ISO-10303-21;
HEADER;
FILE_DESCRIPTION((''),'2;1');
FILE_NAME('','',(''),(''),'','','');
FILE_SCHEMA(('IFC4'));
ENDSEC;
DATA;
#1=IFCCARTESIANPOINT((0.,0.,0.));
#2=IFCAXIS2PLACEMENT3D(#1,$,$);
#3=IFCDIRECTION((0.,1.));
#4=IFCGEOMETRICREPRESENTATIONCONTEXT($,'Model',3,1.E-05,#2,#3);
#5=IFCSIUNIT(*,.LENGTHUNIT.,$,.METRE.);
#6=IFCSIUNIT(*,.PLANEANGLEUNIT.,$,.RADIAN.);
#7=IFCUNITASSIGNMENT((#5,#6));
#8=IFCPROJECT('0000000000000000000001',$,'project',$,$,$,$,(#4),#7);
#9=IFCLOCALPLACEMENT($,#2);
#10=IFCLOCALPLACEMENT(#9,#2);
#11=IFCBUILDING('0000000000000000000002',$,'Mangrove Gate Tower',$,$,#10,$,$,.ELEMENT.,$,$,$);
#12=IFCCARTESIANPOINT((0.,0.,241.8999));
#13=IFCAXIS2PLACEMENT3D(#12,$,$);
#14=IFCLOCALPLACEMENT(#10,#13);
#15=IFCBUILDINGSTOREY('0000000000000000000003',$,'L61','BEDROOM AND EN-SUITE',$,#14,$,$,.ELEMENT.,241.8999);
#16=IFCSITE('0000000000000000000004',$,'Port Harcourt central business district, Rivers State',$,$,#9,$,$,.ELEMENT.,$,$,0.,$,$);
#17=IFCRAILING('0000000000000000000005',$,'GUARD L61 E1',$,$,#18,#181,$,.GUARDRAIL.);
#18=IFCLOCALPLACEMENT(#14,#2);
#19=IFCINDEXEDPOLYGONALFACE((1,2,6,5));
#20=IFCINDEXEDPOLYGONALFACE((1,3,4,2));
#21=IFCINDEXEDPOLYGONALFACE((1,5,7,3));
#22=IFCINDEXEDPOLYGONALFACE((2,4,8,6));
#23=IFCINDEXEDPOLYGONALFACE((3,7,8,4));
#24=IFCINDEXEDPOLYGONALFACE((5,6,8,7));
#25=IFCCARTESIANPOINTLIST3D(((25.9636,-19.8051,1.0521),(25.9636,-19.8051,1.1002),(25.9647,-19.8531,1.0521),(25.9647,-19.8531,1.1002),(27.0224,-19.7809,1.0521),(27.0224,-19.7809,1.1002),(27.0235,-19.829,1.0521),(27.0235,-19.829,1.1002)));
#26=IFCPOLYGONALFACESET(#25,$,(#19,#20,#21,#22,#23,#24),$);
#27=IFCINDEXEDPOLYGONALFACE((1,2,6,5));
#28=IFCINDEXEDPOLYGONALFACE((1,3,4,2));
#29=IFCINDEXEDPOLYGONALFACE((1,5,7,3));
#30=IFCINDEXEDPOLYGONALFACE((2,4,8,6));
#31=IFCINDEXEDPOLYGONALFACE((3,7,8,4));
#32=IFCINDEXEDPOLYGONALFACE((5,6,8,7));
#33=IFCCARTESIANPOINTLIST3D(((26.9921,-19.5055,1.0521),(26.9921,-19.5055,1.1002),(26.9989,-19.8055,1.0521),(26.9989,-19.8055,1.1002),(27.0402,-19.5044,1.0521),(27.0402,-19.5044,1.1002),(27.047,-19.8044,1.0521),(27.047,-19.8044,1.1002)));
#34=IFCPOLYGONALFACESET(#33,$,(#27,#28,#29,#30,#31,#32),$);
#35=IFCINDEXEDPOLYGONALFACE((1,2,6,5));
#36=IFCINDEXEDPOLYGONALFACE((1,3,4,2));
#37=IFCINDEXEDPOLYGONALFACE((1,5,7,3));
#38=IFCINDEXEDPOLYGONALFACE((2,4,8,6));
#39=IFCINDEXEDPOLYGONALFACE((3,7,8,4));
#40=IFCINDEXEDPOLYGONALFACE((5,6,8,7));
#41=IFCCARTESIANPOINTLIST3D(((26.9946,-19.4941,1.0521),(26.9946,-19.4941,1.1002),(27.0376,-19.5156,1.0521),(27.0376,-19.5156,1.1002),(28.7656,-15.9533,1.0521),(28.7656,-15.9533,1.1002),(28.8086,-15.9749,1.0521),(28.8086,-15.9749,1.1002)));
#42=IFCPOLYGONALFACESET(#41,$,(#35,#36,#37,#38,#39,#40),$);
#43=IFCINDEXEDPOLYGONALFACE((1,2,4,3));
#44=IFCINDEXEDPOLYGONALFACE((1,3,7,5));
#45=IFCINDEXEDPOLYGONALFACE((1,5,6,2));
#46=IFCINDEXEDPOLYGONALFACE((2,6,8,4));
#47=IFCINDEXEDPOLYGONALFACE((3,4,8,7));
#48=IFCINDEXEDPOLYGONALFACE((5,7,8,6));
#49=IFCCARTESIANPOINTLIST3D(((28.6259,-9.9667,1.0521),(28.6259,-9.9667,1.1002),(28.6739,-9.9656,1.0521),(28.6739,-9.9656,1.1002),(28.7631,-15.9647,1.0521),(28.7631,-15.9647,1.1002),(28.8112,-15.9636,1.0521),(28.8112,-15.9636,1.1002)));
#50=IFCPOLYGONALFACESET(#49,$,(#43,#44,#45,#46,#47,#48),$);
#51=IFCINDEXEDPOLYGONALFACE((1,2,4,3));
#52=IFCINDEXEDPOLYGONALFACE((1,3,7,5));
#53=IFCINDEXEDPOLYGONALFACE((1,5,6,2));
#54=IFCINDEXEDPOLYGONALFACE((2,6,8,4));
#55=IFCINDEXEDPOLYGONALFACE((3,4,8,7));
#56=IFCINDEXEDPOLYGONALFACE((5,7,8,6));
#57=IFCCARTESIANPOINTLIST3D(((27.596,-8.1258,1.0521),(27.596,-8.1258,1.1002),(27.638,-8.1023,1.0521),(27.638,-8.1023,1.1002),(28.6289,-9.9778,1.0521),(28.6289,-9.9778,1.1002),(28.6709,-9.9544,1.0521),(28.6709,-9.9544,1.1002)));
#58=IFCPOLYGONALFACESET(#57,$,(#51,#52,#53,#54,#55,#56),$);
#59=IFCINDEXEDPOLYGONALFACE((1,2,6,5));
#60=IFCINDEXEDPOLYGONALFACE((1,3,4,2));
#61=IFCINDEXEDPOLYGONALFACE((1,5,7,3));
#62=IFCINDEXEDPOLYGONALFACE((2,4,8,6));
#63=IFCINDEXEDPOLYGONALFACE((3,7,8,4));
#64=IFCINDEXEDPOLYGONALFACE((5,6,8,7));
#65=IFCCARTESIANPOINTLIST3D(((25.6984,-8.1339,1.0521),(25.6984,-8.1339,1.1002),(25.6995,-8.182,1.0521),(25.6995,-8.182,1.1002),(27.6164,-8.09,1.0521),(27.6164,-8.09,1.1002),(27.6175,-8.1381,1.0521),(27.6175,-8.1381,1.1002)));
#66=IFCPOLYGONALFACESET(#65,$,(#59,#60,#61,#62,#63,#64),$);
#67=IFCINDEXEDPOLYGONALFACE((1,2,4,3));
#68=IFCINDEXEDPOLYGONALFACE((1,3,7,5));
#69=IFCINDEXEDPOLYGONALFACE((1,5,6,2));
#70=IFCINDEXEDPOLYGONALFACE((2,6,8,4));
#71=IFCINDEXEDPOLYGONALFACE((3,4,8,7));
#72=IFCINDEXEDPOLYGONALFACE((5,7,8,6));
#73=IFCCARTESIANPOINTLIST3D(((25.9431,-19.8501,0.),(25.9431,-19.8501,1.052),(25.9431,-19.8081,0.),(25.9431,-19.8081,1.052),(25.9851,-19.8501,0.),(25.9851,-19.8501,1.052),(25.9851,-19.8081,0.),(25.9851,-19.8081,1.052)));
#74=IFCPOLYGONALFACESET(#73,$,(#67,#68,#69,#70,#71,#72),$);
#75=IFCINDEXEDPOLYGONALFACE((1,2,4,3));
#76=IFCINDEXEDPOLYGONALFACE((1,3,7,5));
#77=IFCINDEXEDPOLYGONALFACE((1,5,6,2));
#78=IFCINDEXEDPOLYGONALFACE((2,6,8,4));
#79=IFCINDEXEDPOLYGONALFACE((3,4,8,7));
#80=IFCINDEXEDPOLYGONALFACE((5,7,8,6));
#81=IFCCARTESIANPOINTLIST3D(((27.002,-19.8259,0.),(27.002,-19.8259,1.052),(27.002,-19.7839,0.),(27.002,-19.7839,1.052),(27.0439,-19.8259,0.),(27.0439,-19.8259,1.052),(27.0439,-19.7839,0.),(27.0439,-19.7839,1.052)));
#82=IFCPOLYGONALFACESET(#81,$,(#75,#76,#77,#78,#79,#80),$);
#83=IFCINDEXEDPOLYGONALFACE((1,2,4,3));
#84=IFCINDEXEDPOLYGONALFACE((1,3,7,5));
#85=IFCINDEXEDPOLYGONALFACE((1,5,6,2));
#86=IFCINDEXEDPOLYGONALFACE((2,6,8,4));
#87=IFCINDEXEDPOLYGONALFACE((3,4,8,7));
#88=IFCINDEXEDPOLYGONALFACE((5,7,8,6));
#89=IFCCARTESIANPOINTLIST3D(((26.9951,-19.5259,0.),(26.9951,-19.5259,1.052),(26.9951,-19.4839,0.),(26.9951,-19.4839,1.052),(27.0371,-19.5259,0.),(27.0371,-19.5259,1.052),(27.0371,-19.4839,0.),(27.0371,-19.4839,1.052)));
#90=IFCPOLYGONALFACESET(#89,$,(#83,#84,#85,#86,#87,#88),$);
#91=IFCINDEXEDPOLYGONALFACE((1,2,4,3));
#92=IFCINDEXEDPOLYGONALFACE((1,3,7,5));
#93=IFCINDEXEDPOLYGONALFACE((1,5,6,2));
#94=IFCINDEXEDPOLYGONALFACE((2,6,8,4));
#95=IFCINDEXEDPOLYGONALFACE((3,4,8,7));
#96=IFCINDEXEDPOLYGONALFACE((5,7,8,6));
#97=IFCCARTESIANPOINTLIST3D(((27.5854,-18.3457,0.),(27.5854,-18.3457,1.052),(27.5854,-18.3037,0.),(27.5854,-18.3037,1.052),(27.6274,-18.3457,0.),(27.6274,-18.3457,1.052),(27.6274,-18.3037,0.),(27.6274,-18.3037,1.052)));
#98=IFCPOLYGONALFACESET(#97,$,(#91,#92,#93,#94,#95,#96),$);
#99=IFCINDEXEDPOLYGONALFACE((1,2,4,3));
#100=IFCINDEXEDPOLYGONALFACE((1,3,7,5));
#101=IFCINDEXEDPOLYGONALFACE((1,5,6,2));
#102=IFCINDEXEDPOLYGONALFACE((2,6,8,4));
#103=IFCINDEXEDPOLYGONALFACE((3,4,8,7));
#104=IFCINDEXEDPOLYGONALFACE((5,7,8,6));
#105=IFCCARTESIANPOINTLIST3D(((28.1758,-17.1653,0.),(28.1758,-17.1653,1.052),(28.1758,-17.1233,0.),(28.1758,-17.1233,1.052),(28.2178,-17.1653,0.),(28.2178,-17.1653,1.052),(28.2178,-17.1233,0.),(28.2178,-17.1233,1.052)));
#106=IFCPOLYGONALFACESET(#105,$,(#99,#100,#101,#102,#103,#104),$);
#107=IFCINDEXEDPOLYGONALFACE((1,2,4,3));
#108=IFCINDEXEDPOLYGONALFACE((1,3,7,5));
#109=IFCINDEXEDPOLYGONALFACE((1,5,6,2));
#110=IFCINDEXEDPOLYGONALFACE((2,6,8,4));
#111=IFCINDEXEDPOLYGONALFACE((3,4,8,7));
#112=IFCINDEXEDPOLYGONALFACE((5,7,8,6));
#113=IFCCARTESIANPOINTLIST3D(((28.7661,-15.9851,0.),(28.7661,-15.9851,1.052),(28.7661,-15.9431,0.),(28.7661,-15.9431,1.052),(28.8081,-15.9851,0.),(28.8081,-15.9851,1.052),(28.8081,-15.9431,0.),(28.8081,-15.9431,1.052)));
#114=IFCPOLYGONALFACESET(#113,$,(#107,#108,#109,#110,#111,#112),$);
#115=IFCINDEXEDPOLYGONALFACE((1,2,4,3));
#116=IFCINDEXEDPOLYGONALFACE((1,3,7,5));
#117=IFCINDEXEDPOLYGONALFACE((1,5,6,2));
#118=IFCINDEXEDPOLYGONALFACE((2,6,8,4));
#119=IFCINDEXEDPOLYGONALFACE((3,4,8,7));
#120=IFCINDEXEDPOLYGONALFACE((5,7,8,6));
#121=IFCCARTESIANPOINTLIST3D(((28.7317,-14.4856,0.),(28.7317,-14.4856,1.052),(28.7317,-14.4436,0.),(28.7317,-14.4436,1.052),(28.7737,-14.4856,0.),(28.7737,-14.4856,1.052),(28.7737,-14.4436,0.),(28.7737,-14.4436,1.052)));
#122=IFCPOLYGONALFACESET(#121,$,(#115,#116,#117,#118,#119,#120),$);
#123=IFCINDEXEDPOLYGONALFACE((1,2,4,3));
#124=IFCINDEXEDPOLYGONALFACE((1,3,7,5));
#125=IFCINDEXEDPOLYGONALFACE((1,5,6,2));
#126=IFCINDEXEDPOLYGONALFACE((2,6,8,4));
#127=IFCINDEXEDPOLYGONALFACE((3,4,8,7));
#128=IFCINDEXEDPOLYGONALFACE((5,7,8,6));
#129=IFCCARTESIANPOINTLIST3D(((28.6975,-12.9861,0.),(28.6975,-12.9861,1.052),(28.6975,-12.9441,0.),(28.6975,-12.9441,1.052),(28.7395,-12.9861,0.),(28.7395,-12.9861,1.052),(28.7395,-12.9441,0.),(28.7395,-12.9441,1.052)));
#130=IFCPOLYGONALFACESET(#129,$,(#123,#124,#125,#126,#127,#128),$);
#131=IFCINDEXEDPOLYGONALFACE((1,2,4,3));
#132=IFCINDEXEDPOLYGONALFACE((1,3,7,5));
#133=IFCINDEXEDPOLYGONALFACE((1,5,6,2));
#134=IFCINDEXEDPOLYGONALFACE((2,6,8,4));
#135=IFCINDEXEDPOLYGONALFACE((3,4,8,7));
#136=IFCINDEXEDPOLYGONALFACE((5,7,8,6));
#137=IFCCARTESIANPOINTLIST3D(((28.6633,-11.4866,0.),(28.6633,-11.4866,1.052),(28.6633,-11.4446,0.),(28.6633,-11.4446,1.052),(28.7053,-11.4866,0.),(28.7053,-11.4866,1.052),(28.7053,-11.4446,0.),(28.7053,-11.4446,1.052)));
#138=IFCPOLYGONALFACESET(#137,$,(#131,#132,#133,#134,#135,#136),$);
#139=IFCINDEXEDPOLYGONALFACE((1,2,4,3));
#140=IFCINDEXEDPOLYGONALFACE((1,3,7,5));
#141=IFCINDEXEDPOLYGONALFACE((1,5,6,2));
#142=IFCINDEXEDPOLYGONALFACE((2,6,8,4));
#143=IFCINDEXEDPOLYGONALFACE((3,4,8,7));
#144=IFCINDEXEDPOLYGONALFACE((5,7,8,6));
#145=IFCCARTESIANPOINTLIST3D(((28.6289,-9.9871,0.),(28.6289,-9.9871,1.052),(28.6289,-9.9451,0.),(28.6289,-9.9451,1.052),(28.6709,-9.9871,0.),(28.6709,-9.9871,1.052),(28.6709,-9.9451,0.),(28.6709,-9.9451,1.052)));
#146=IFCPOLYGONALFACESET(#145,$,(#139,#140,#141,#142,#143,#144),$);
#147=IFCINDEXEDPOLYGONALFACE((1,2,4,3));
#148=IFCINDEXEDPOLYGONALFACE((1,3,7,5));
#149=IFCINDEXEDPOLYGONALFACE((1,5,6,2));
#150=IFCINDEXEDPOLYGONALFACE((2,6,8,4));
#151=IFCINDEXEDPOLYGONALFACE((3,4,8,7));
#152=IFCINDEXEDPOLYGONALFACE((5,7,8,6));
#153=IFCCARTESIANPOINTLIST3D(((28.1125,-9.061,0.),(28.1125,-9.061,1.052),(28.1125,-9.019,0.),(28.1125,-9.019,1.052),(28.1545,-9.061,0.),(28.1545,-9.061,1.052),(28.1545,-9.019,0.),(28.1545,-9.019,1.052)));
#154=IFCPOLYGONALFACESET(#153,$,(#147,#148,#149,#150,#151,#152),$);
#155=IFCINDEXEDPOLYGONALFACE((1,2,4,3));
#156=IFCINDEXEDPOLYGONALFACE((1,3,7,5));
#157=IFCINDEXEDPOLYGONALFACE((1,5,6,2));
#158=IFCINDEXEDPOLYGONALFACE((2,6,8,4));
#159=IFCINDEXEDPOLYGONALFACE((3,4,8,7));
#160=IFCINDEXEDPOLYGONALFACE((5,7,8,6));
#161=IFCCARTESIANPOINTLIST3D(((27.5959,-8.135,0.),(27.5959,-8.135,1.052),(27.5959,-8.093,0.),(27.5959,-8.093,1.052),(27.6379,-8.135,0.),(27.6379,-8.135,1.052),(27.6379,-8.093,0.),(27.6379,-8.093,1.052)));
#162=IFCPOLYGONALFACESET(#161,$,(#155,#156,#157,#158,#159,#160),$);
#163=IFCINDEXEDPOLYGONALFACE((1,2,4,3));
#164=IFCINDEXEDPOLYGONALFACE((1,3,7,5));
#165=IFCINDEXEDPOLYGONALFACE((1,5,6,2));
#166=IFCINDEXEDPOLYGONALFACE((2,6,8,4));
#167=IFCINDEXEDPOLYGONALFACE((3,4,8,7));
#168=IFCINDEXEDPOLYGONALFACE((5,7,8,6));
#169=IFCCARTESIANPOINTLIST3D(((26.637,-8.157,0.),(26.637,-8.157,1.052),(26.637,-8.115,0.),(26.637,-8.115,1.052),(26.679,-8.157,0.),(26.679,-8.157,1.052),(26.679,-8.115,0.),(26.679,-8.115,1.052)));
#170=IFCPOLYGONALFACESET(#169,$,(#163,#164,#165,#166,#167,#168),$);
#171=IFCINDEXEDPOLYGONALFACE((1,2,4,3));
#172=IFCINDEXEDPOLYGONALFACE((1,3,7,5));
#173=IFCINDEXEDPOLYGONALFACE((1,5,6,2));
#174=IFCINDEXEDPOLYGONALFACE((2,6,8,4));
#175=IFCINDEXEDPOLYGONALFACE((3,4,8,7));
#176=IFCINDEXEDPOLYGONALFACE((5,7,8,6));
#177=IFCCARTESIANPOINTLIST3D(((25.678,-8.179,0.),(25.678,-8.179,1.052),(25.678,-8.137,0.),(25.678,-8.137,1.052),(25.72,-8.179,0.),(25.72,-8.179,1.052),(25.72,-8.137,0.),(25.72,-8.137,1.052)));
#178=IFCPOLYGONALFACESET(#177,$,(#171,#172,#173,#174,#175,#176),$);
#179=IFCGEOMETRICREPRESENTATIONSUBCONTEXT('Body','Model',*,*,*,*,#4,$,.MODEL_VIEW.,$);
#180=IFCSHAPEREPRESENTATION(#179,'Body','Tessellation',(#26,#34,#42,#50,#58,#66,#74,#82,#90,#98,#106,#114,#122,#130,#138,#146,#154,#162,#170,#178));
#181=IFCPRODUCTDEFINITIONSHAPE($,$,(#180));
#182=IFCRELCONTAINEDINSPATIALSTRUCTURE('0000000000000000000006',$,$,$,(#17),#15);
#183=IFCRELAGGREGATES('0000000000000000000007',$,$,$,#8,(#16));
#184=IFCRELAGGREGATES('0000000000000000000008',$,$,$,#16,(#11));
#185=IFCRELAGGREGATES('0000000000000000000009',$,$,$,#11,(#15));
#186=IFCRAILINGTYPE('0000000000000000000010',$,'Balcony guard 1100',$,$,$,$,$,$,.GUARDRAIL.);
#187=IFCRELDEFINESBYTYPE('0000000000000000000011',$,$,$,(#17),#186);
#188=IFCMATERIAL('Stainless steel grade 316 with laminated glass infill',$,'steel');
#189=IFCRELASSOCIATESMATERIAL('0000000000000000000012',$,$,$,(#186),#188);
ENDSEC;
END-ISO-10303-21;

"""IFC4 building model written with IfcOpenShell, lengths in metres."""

from ifc_helpers import new_model, si_unit, direction, frame, origin, origin_2d, place, context, subcontext, project, spatial, rectangle, extrude, material, type_object, element, save


model = new_model("IFC4")

# Units and contexts
model_context = context("Model", 3, precision=1e-05, world=origin(), true_north=direction((0.0, 1.0)))
body_context = subcontext(model_context, "Body", "Model", "MODEL_VIEW")
ifc_project = project(units=[si_unit("LENGTHUNIT", "METRE"), si_unit("PLANEANGLEUNIT", "RADIAN")], contexts=[model_context])

# Site, building, storey
site_placement = place(None, origin())
site = spatial("IfcSite", under=ifc_project, at=site_placement, Name="Port Harcourt central business district, Rivers State", CompositionType="ELEMENT", RefElevation=0.0)
building_placement = place(site_placement, origin())
building = spatial("IfcBuilding", under=site, at=building_placement, Name="Mangrove Gate Tower", CompositionType="ELEMENT")
storey_placement = place(building_placement, frame((0.0, 0.0, 241.8999)))
storey = spatial("IfcBuildingStorey", under=building, at=storey_placement, Name="L61", Description="BEDROOM AND EN-SUITE", CompositionType="ELEMENT", Elevation=241.8999)

# Railing
ifc_material_1 = material(Name="Stainless steel grade 316 with laminated glass infill", Category="steel")
railing_type = type_object("IfcRailingType", Name="Balcony guard 1100", PredefinedType="GUARDRAIL", material=ifc_material_1)
railing_placement = place(storey_placement, frame((25.9641, -19.8291, 0.0)))
element("IfcRailing", 1, at=railing_placement, inside=storey, type_object=railing_type, Name="GUARD L61 E1", PredefinedType="GUARDRAIL", context=body_context, shape_type="SweptSolid", body=[
    extrude(rectangle(XDim=0.0481, YDim=0.0481, at=origin_2d()), frame((0.0, 0.0, 1.0762), z_axis=(0.99974, 0.022821, 0.0), x_axis=(-0.022821, 0.99974, 0.0)), (0.0, 0.0, 1.0), 1.0591),
    extrude(rectangle(XDim=0.0481, YDim=0.0481, at=origin_2d()), frame((1.0588, 0.0242, 1.0762), z_axis=(-0.022777, 0.999741, 0.0), x_axis=(-0.999741, -0.022777, 0.0)), (0.0, 0.0, 1.0), 0.3),
    extrude(rectangle(XDim=0.0481, YDim=0.0481, at=origin_2d()), frame((1.052, 0.3242, 1.0762), z_axis=(0.447337, 0.894366, 0.0), x_axis=(-0.894366, 0.447337, 0.0)), (0.0, 0.0, 1.0), 3.959),
    extrude(rectangle(XDim=0.0481, YDim=0.0481, at=origin_2d()), frame((2.823, 3.865, 1.0762), z_axis=(-0.022869, 0.999738, 0.0), x_axis=(-0.999738, -0.022869, 0.0)), (0.0, 0.0, 1.0), 5.9995),
    extrude(rectangle(XDim=0.0481, YDim=0.0481, at=origin_2d()), frame((2.6858, 9.863, 1.0762), z_axis=(-0.487099, 0.873347, 0.0), x_axis=(-0.873347, -0.487099, 0.0)), (0.0, 0.0, 1.0), 2.1206),
    extrude(rectangle(XDim=0.0481, YDim=0.0481, at=origin_2d()), frame((1.6528, 11.7151, 1.0762), z_axis=(-0.999738, -0.022906, 0.0), x_axis=(0.022906, -0.999738, 0.0)), (0.0, 0.0, 1.0), 1.9185),
    extrude(rectangle(XDim=0.042, YDim=0.042, at=origin_2d()), origin(), (0.0, 0.0, 1.0), 1.052),
    extrude(rectangle(XDim=0.042, YDim=0.042, at=origin_2d()), frame((1.0588, 0.0242, 0.0)), (0.0, 0.0, 1.0), 1.052),
    extrude(rectangle(XDim=0.042, YDim=0.042, at=origin_2d()), frame((1.052, 0.3242, 0.0)), (0.0, 0.0, 1.0), 1.052),
    extrude(rectangle(XDim=0.042, YDim=0.042, at=origin_2d()), frame((1.6423, 1.5044, 0.0)), (0.0, 0.0, 1.0), 1.052),
    extrude(rectangle(XDim=0.042, YDim=0.042, at=origin_2d()), frame((2.2327, 2.6848, 0.0)), (0.0, 0.0, 1.0), 1.052),
    extrude(rectangle(XDim=0.042, YDim=0.042, at=origin_2d()), frame((2.823, 3.865, 0.0)), (0.0, 0.0, 1.0), 1.052),
    extrude(rectangle(XDim=0.042, YDim=0.042, at=origin_2d()), frame((2.7886, 5.3645, 0.0)), (0.0, 0.0, 1.0), 1.052),
    extrude(rectangle(XDim=0.042, YDim=0.042, at=origin_2d()), frame((2.7544, 6.864, 0.0)), (0.0, 0.0, 1.0), 1.052),
    extrude(rectangle(XDim=0.042, YDim=0.042, at=origin_2d()), frame((2.7202, 8.3635, 0.0)), (0.0, 0.0, 1.0), 1.052),
    extrude(rectangle(XDim=0.042, YDim=0.042, at=origin_2d()), frame((2.6858, 9.863, 0.0)), (0.0, 0.0, 1.0), 1.052),
    extrude(rectangle(XDim=0.042, YDim=0.042, at=origin_2d()), frame((2.1694, 10.7891, 0.0)), (0.0, 0.0, 1.0), 1.052),
    extrude(rectangle(XDim=0.042, YDim=0.042, at=origin_2d()), frame((1.6528, 11.7151, 0.0)), (0.0, 0.0, 1.0), 1.052),
    extrude(rectangle(XDim=0.042, YDim=0.042, at=origin_2d()), frame((0.6938, 11.6931, 0.0)), (0.0, 0.0, 1.0), 1.052),
    extrude(rectangle(XDim=0.042, YDim=0.042, at=origin_2d()), frame((-0.2651, 11.6711, 0.0)), (0.0, 0.0, 1.0), 1.052),
])

save(model, "model.ifc")
